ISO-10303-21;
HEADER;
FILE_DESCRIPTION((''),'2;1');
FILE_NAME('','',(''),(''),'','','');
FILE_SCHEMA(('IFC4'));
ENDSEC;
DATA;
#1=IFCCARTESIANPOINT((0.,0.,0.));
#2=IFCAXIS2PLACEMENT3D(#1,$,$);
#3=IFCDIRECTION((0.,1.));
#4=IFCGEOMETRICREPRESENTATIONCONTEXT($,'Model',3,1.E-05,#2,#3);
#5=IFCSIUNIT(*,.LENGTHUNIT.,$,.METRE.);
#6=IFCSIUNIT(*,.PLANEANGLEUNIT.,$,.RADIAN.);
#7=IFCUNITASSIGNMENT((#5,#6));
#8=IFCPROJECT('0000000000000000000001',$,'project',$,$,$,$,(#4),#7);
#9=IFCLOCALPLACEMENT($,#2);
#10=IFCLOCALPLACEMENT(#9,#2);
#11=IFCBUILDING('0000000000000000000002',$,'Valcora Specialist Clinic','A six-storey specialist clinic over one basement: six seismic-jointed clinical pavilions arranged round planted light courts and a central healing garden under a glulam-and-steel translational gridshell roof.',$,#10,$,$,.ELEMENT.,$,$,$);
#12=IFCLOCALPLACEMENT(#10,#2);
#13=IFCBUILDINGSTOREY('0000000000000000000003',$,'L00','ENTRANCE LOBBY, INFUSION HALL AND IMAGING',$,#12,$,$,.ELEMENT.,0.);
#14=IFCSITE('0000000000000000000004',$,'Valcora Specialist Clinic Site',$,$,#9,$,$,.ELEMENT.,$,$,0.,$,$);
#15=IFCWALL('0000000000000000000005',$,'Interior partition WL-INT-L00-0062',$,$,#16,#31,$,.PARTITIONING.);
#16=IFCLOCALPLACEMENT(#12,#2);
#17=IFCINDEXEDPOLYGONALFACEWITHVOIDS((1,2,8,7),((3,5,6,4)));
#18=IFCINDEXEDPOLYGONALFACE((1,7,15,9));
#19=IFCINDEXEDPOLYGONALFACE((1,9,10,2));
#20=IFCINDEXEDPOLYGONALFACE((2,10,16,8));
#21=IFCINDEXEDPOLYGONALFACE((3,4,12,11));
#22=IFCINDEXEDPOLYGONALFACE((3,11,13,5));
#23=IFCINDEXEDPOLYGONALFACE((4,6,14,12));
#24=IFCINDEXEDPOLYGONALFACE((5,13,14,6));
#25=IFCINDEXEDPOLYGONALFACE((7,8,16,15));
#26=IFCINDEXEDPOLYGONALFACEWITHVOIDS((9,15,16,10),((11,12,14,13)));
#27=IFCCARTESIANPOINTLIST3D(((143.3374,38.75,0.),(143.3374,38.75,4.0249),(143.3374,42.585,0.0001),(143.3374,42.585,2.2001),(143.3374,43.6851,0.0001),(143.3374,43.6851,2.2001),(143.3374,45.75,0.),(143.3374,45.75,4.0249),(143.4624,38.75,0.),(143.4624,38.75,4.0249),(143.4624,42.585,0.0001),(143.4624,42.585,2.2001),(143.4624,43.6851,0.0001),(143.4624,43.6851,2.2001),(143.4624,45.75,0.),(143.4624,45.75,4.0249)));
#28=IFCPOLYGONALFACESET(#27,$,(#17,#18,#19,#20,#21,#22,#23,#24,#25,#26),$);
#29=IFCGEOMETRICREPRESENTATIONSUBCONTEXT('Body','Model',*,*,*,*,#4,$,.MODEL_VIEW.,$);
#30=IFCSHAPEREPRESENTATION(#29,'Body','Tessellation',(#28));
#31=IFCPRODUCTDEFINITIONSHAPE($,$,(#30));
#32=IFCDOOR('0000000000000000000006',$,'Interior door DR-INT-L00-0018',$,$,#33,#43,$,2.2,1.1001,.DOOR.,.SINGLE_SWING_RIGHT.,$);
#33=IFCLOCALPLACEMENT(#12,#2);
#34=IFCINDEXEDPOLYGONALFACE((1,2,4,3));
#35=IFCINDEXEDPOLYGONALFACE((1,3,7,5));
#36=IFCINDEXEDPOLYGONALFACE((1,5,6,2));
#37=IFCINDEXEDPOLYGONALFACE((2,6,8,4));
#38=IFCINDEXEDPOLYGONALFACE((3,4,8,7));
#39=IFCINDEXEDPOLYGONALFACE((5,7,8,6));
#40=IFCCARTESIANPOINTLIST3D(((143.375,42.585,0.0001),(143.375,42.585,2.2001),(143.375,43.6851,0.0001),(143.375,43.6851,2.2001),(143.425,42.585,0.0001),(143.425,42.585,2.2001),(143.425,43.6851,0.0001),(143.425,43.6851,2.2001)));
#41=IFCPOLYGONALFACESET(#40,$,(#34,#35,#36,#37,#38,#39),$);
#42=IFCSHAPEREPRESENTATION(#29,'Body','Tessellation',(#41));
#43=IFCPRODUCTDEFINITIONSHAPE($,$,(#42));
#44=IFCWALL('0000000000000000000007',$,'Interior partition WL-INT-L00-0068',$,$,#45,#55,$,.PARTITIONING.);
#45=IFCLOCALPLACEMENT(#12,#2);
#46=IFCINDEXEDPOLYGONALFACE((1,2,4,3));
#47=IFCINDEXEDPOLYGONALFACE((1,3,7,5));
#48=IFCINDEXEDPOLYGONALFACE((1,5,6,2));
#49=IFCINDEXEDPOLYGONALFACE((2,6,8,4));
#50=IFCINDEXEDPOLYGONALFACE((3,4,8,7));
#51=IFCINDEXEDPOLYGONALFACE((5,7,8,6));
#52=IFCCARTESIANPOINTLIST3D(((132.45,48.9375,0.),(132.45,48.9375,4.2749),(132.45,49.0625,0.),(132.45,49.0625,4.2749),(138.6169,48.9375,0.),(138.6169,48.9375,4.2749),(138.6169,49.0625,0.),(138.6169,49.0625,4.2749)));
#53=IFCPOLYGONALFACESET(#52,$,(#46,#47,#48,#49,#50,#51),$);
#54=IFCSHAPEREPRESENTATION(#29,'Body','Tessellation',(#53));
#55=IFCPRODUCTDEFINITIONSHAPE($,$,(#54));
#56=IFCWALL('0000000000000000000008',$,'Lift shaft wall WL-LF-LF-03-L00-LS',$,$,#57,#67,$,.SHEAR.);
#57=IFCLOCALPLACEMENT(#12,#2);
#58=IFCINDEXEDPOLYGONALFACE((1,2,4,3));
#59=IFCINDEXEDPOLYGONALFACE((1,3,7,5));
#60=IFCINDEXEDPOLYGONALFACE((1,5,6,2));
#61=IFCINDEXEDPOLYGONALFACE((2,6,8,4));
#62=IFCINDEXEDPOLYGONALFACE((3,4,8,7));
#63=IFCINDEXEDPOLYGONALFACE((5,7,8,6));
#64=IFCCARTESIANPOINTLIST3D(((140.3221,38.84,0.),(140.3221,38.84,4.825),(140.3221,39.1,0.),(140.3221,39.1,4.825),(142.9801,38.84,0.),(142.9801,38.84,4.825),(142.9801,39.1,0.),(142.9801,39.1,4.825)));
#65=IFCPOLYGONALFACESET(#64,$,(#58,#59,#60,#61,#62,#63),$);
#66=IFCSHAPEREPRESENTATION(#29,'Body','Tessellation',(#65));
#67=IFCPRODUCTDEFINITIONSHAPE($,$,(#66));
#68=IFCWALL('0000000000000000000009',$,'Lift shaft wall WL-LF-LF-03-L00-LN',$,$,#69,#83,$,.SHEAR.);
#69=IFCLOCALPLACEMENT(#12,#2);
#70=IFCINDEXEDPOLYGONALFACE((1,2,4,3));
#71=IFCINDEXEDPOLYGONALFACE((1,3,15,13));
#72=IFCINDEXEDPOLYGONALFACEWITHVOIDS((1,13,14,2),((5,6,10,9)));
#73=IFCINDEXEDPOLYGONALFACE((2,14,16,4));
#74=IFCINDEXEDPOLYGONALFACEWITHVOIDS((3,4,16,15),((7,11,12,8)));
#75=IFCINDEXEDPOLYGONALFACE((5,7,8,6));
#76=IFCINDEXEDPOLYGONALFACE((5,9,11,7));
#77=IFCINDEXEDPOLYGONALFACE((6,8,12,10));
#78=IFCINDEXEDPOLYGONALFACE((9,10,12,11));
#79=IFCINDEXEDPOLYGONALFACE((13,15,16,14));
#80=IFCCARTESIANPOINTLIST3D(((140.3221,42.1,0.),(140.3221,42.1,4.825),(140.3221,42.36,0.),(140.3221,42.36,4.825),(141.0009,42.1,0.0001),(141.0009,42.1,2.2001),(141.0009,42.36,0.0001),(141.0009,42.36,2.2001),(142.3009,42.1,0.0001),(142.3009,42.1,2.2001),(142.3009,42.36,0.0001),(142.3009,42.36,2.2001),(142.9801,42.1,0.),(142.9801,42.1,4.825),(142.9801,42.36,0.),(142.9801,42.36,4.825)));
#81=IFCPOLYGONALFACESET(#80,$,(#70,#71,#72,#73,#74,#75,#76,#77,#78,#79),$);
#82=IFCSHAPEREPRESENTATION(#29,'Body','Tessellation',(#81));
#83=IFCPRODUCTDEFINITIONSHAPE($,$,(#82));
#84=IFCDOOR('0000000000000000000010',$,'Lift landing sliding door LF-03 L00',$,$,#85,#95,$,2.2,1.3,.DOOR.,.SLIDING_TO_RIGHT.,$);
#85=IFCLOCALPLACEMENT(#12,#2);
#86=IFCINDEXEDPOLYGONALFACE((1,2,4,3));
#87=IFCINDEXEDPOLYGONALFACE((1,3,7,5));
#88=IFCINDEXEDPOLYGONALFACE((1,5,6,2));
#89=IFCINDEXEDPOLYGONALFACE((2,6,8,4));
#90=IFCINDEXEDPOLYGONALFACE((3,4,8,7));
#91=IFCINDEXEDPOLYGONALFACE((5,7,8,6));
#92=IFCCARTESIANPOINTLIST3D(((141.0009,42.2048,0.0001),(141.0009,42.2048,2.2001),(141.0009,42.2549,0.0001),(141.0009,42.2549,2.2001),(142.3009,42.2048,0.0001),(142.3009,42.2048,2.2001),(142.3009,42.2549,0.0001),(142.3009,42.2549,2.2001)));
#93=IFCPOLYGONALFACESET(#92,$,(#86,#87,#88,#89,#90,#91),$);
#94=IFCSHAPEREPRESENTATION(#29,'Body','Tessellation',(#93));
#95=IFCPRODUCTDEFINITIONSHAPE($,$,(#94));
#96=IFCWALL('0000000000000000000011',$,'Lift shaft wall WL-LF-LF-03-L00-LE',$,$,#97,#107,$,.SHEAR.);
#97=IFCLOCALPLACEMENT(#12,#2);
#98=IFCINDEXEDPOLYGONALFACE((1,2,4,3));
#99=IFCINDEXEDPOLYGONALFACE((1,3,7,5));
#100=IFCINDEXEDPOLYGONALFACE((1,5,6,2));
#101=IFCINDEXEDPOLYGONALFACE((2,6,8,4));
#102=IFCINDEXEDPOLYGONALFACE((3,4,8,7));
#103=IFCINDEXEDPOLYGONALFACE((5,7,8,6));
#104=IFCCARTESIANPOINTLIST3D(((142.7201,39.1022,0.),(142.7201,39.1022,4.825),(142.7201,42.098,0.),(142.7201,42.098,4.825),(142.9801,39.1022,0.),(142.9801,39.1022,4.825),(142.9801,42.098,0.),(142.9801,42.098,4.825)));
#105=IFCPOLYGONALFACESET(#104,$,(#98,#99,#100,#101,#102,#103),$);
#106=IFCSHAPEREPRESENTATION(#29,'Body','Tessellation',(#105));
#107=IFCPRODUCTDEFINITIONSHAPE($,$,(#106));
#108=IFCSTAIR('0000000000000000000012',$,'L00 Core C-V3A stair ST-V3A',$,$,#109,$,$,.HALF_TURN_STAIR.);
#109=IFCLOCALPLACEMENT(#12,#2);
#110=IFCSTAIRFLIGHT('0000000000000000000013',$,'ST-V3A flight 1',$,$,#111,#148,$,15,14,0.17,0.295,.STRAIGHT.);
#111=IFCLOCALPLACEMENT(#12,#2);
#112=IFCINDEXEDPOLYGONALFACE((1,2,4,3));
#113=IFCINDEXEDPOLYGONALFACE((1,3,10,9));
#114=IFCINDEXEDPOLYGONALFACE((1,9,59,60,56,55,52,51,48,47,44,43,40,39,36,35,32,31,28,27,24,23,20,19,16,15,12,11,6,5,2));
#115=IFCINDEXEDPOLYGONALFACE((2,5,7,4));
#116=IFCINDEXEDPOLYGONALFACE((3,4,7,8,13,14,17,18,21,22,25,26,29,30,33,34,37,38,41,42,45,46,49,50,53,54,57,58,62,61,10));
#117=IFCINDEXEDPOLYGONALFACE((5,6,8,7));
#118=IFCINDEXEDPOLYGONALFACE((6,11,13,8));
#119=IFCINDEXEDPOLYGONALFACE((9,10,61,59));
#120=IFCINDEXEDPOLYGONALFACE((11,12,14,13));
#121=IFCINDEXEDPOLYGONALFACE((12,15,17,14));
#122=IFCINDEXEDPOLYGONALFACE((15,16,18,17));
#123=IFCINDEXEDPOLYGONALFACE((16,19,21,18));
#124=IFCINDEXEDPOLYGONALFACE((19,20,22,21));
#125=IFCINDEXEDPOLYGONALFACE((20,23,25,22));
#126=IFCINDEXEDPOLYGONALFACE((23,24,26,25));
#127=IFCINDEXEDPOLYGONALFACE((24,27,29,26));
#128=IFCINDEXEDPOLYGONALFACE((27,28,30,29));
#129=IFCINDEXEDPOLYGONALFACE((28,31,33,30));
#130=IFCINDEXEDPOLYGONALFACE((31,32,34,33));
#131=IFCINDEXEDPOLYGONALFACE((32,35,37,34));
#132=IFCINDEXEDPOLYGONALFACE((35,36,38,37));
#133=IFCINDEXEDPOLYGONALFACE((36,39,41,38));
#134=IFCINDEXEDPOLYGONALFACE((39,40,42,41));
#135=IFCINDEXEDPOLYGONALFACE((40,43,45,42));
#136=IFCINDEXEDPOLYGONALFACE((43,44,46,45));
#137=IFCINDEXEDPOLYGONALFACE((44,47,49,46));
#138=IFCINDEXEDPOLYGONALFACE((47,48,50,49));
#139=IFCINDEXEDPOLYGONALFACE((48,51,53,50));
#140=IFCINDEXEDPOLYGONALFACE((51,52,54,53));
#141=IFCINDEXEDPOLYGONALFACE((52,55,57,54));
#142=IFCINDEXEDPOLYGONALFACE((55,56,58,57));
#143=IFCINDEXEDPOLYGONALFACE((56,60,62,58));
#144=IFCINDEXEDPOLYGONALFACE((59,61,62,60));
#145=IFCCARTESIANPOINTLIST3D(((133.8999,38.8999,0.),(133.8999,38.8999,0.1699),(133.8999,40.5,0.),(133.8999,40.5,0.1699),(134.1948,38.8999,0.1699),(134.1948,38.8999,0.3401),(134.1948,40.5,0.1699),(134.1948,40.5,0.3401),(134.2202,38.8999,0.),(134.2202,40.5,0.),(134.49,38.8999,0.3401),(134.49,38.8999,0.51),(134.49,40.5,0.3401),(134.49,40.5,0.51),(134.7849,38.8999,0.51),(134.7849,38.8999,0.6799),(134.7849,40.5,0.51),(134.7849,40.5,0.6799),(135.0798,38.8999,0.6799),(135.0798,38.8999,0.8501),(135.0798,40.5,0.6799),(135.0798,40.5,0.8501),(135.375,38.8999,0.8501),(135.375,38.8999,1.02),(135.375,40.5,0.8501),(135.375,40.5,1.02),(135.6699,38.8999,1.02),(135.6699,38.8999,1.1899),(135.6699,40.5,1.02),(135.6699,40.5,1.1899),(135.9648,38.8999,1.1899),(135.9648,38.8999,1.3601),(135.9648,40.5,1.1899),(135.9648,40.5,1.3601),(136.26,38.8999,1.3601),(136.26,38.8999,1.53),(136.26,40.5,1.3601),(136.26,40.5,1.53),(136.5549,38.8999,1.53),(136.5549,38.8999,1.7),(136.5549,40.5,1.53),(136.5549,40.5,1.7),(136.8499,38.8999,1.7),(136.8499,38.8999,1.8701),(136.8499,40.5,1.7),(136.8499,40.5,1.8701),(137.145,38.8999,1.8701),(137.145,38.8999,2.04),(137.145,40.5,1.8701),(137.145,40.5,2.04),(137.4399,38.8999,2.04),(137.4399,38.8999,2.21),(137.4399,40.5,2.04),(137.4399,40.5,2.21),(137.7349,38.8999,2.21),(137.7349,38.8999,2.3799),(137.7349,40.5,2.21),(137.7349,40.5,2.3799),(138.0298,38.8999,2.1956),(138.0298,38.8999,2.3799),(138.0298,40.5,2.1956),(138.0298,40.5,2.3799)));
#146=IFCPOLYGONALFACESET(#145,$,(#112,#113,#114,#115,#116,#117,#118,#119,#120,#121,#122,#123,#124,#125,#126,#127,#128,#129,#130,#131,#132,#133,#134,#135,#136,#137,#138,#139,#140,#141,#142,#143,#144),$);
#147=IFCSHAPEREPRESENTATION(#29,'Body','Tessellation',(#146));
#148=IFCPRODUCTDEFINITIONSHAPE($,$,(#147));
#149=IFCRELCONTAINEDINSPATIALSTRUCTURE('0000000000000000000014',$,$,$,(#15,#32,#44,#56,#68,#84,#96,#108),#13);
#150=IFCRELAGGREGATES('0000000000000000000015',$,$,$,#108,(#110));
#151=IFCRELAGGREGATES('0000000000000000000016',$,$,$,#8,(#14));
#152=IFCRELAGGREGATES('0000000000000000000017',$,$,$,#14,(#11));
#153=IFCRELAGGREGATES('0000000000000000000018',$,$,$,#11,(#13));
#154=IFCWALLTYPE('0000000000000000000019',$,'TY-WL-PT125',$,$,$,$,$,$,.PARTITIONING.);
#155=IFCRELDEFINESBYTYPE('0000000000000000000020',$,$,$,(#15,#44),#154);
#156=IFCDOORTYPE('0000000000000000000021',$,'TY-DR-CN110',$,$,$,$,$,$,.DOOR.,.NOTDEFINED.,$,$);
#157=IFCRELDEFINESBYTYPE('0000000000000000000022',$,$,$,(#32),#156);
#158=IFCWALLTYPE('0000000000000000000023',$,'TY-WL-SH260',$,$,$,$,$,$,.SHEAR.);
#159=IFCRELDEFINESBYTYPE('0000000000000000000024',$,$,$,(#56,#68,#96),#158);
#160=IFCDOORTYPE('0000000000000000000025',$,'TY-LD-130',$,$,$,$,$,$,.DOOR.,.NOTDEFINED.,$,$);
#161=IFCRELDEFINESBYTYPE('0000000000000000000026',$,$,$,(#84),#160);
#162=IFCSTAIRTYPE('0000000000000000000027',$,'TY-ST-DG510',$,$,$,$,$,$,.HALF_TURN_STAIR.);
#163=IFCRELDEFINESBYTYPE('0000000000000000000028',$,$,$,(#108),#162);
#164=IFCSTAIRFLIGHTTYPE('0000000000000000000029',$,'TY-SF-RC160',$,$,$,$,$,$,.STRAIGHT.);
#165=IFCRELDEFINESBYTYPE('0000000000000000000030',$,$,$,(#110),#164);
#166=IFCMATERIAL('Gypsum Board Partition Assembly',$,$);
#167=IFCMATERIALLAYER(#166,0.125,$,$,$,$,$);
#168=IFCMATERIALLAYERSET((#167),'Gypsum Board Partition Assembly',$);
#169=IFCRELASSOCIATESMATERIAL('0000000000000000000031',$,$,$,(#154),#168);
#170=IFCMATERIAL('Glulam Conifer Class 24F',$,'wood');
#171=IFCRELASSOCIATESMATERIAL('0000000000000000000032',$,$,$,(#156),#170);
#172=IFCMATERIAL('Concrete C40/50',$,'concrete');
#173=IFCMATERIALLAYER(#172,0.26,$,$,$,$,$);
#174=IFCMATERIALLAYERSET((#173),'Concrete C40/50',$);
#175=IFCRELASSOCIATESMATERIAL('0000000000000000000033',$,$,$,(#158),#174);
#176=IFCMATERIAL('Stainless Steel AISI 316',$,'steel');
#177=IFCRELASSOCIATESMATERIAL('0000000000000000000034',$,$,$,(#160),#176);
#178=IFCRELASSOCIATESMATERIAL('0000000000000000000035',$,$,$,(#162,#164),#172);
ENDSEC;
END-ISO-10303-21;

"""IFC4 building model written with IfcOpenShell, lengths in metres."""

from ifc_helpers import new_model, si_unit, direction, frame, frame_2d, origin, place, context, subcontext, project, spatial, polyline, rectangle, outline, extrude, material, layer, layer_set, type_object, element, fill, aggregate, save


model = new_model("IFC4")

# Units and contexts
model_context = context("Model", 3, precision=1e-05, world=origin(), true_north=direction((0.0, 1.0)))
body_context = subcontext(model_context, "Body", "Model", "MODEL_VIEW")
ifc_project = project(units=[si_unit("LENGTHUNIT", "METRE"), si_unit("PLANEANGLEUNIT", "RADIAN")], contexts=[model_context])

# Site, building, storey
site_placement = place(None, origin())
site = spatial("IfcSite", under=ifc_project, at=site_placement, Name="Valcora Specialist Clinic Site", CompositionType="ELEMENT", RefElevation=0.0)
building_placement = place(site_placement, origin())
building = spatial("IfcBuilding", under=site, at=building_placement, Name="Valcora Specialist Clinic", Description="A six-storey specialist clinic over one basement: six seismic-jointed clinical pavilions arranged round planted light courts and a central healing garden under a glulam-and-steel translational gridshell roof.", CompositionType="ELEMENT")
storey_placement = place(building_placement, origin())
storey = spatial("IfcBuildingStorey", under=building, at=storey_placement, Name="L00", Description="ENTRANCE LOBBY, INFUSION HALL AND IMAGING", CompositionType="ELEMENT", Elevation=0.0)

# Shared definitions
ifc_material_1 = material(Name="Concrete C40/50", Category="concrete")

# Shared definitions
ifc_material_2 = material(Name="Gypsum Board Partition Assembly")

# Wall, opening, door
ifc_material_3 = material(Name="Glulam Conifer Class 24F", Category="wood")
ifc_layer_1 = layer(ifc_material_2, 0.125)
ifc_layer_set_1 = layer_set([ifc_layer_1], Name="Gypsum Board Partition Assembly")
wall_type_1 = type_object("IfcWallType", Name="TY-WL-PT125", PredefinedType="PARTITIONING", material=ifc_layer_set_1)
wall_1_placement = place(storey_placement, frame((143.3999, 38.75, 0.0), z_axis=(0.0, 0.0, 1.0), x_axis=(0.0, 1.0, 0.0)))
wall_1 = element("IfcWall", 1, at=wall_1_placement, inside=storey, type_object=wall_type_1, Name="Interior partition WL-INT-L00-0062", PredefinedType="PARTITIONING", context=body_context, shape_type="SweptSolid", body=[
    extrude(rectangle(XDim=7.0, YDim=0.125, at=frame_2d((3.5, 0.0))), origin(), (0.0, 0.0, 1.0), 4.0249),
])
opening_1_placement = place(wall_1_placement, frame((3.835, 0.0, 0.0)))
opening_1 = element("IfcOpeningElement", 2, at=opening_1_placement, cuts=wall_1, PredefinedType="OPENING", context=body_context, shape_type="SweptSolid", body=[
    extrude(rectangle(XDim=1.1001, YDim=2.2, at=frame_2d((0.55, 1.1001))), frame((0.0, 0.0725, 0.0), z_axis=(0.0, -1.0, 0.0), x_axis=(1.0, 0.0, 0.0)), (0.0, 0.0, 1.0), 0.145),
])
door_type_1 = type_object("IfcDoorType", Name="TY-DR-CN110", OperationType="NOTDEFINED", PredefinedType="DOOR", material=ifc_material_3)
door_1_placement = place(opening_1_placement, origin())
door_1 = element("IfcDoor", 3, at=door_1_placement, inside=storey, type_object=door_type_1, Name="Interior door DR-INT-L00-0018", OperationType="SINGLE_SWING_RIGHT", OverallHeight=2.2, OverallWidth=1.1001, PredefinedType="DOOR", context=body_context, shape_type="SweptSolid", body=[
    extrude(rectangle(XDim=1.1001, YDim=2.2, at=frame_2d((0.55, 1.1001))), frame((0.0, 0.0249, 0.0), z_axis=(0.0, -1.0, 0.0), x_axis=(1.0, 0.0, 0.0)), (0.0, 0.0, 1.0), 0.05),
])
fill(opening_1, door_1)

# Walls
wall_2_placement = place(storey_placement, frame((138.6169, 49.0, 0.0), z_axis=(0.0, 0.0, 1.0), x_axis=(-1.0, 0.0, 0.0)))
element("IfcWall", 4, at=wall_2_placement, inside=storey, type_object=wall_type_1, Name="Interior partition WL-INT-L00-0068", PredefinedType="PARTITIONING", context=body_context, shape_type="SweptSolid", body=[
    extrude(rectangle(XDim=6.167, YDim=0.125, at=frame_2d((3.0835, 0.0))), origin(), (0.0, 0.0, 1.0), 4.2749),
])
ifc_layer_2 = layer(ifc_material_1, 0.26)
ifc_layer_set_2 = layer_set([ifc_layer_2], Name="Concrete C40/50")
wall_type_2 = type_object("IfcWallType", Name="TY-WL-SH260", PredefinedType="SHEAR", material=ifc_layer_set_2)
wall_3_placement = place(storey_placement, frame((140.322, 38.97, 0.0), z_axis=(0.0, 0.0, 1.0), x_axis=(1.0, 0.0, 0.0)))
element("IfcWall", 5, at=wall_3_placement, inside=storey, type_object=wall_type_2, Name="Lift shaft wall WL-LF-LF-03-L00-LS", PredefinedType="SHEAR", context=body_context, shape_type="SweptSolid", body=[
    extrude(rectangle(XDim=2.658, YDim=0.26, at=frame_2d((1.3291, 0.0))), origin(), (0.0, 0.0, 1.0), 4.825),
])

# Wall, opening, door
wall_4_placement = place(storey_placement, frame((140.322, 42.23, 0.0), z_axis=(0.0, 0.0, 1.0), x_axis=(1.0, 0.0, 0.0)))
wall_4 = element("IfcWall", 6, at=wall_4_placement, inside=storey, type_object=wall_type_2, Name="Lift shaft wall WL-LF-LF-03-L00-LN", PredefinedType="SHEAR", context=body_context, shape_type="SweptSolid", body=[
    extrude(rectangle(XDim=2.658, YDim=0.26, at=frame_2d((1.3291, 0.0))), origin(), (0.0, 0.0, 1.0), 4.825),
])
opening_2_placement = place(wall_4_placement, frame((0.679, 0.0, 0.0)))
opening_2 = element("IfcOpeningElement", 7, at=opening_2_placement, cuts=wall_4, PredefinedType="OPENING", context=body_context, shape_type="SweptSolid", body=[
    extrude(rectangle(XDim=1.3, YDim=2.2, at=frame_2d((0.6499, 1.1001))), frame((0.0, 0.1399, 0.0), z_axis=(0.0, -1.0, 0.0), x_axis=(1.0, 0.0, 0.0)), (0.0, 0.0, 1.0), 0.28),
])
ifc_material_4 = material(Name="Stainless Steel AISI 316", Category="steel")
door_type_2 = type_object("IfcDoorType", Name="TY-LD-130", OperationType="NOTDEFINED", PredefinedType="DOOR", material=ifc_material_4)
door_2_placement = place(opening_2_placement, origin())
door_2 = element("IfcDoor", 8, at=door_2_placement, inside=storey, type_object=door_type_2, Name="Lift landing sliding door LF-03 L00", OperationType="SLIDING_TO_RIGHT", OverallHeight=2.2, OverallWidth=1.3, PredefinedType="DOOR", context=body_context, shape_type="SweptSolid", body=[
    extrude(rectangle(XDim=1.3, YDim=2.2, at=frame_2d((0.6499, 1.1001))), frame((0.0, 0.0249, 0.0), z_axis=(0.0, -1.0, 0.0), x_axis=(1.0, 0.0, 0.0)), (0.0, 0.0, 1.0), 0.05),
])
fill(opening_2, door_2)

# Wall
wall_5_placement = place(storey_placement, frame((142.8501, 39.1021, 0.0), z_axis=(0.0, 0.0, 1.0), x_axis=(0.0, 1.0, 0.0)))
element("IfcWall", 9, at=wall_5_placement, inside=storey, type_object=wall_type_2, Name="Lift shaft wall WL-LF-LF-03-L00-LE", PredefinedType="SHEAR", context=body_context, shape_type="SweptSolid", body=[
    extrude(rectangle(XDim=2.9958, YDim=0.26, at=frame_2d((1.498, 0.0))), origin(), (0.0, 0.0, 1.0), 4.825),
])

# Stair, stair flight
stair_type = type_object("IfcStairType", Name="TY-ST-DG510", PredefinedType="HALF_TURN_STAIR", material=ifc_material_1)
stair_placement = place(storey_placement, origin())
stair = element("IfcStair", 10, at=stair_placement, inside=storey, type_object=stair_type, Name="L00 Core C-V3A stair ST-V3A", PredefinedType="HALF_TURN_STAIR")
stair_flight_type = type_object("IfcStairFlightType", Name="TY-SF-RC160", PredefinedType="STRAIGHT", material=ifc_material_1)
stair_flight_1_placement = place(storey_placement, frame((133.8999, 39.7, 0.0), z_axis=(0.0, 0.0, 1.0), x_axis=(1.0, 0.0, 0.0)))
stair_flight_1 = element("IfcStairFlight", 11, at=stair_flight_1_placement, type_object=stair_flight_type, Name="ST-V3A flight 1", NumberOfRisers=15, NumberOfTreads=14, PredefinedType="STRAIGHT", RiserHeight=0.17, TreadLength=0.295, context=body_context, shape_type="SweptSolid", body=[
    extrude(outline(polyline([(0.0, 0.0), (0.0, 0.1699), (0.2949, 0.1699), (0.2949, 0.3401), (0.5901, 0.3401), (0.5901, 0.51), (0.885, 0.51), (0.885, 0.6799), (1.1799, 0.6799), (1.1799, 0.8501), (1.4751, 0.8501), (1.4751, 1.02), (1.77, 1.02), (1.77, 1.1899), (2.0649, 1.1899), (2.0649, 1.3601), (2.3601, 1.3601), (2.3601, 1.53), (2.655, 1.53), (2.655, 1.7), (2.95, 1.7), (2.95, 1.8701), (3.2451, 1.8701), (3.2451, 2.04), (3.54, 2.04), (3.54, 2.21), (3.835, 2.21), (3.835, 2.3799), (4.1299, 2.3799), (4.1299, 2.55), (4.1299, 2.1956), (0.3203, 0.0), (0.0, 0.0)])), frame((0.0, 0.8, 0.0), z_axis=(0.0, -1.0, 0.0), x_axis=(1.0, 0.0, 0.0)), (0.0, 0.0, 1.0), 1.6001),
])
aggregate(stair, [stair_flight_1])

save(model, "model.ifc")
